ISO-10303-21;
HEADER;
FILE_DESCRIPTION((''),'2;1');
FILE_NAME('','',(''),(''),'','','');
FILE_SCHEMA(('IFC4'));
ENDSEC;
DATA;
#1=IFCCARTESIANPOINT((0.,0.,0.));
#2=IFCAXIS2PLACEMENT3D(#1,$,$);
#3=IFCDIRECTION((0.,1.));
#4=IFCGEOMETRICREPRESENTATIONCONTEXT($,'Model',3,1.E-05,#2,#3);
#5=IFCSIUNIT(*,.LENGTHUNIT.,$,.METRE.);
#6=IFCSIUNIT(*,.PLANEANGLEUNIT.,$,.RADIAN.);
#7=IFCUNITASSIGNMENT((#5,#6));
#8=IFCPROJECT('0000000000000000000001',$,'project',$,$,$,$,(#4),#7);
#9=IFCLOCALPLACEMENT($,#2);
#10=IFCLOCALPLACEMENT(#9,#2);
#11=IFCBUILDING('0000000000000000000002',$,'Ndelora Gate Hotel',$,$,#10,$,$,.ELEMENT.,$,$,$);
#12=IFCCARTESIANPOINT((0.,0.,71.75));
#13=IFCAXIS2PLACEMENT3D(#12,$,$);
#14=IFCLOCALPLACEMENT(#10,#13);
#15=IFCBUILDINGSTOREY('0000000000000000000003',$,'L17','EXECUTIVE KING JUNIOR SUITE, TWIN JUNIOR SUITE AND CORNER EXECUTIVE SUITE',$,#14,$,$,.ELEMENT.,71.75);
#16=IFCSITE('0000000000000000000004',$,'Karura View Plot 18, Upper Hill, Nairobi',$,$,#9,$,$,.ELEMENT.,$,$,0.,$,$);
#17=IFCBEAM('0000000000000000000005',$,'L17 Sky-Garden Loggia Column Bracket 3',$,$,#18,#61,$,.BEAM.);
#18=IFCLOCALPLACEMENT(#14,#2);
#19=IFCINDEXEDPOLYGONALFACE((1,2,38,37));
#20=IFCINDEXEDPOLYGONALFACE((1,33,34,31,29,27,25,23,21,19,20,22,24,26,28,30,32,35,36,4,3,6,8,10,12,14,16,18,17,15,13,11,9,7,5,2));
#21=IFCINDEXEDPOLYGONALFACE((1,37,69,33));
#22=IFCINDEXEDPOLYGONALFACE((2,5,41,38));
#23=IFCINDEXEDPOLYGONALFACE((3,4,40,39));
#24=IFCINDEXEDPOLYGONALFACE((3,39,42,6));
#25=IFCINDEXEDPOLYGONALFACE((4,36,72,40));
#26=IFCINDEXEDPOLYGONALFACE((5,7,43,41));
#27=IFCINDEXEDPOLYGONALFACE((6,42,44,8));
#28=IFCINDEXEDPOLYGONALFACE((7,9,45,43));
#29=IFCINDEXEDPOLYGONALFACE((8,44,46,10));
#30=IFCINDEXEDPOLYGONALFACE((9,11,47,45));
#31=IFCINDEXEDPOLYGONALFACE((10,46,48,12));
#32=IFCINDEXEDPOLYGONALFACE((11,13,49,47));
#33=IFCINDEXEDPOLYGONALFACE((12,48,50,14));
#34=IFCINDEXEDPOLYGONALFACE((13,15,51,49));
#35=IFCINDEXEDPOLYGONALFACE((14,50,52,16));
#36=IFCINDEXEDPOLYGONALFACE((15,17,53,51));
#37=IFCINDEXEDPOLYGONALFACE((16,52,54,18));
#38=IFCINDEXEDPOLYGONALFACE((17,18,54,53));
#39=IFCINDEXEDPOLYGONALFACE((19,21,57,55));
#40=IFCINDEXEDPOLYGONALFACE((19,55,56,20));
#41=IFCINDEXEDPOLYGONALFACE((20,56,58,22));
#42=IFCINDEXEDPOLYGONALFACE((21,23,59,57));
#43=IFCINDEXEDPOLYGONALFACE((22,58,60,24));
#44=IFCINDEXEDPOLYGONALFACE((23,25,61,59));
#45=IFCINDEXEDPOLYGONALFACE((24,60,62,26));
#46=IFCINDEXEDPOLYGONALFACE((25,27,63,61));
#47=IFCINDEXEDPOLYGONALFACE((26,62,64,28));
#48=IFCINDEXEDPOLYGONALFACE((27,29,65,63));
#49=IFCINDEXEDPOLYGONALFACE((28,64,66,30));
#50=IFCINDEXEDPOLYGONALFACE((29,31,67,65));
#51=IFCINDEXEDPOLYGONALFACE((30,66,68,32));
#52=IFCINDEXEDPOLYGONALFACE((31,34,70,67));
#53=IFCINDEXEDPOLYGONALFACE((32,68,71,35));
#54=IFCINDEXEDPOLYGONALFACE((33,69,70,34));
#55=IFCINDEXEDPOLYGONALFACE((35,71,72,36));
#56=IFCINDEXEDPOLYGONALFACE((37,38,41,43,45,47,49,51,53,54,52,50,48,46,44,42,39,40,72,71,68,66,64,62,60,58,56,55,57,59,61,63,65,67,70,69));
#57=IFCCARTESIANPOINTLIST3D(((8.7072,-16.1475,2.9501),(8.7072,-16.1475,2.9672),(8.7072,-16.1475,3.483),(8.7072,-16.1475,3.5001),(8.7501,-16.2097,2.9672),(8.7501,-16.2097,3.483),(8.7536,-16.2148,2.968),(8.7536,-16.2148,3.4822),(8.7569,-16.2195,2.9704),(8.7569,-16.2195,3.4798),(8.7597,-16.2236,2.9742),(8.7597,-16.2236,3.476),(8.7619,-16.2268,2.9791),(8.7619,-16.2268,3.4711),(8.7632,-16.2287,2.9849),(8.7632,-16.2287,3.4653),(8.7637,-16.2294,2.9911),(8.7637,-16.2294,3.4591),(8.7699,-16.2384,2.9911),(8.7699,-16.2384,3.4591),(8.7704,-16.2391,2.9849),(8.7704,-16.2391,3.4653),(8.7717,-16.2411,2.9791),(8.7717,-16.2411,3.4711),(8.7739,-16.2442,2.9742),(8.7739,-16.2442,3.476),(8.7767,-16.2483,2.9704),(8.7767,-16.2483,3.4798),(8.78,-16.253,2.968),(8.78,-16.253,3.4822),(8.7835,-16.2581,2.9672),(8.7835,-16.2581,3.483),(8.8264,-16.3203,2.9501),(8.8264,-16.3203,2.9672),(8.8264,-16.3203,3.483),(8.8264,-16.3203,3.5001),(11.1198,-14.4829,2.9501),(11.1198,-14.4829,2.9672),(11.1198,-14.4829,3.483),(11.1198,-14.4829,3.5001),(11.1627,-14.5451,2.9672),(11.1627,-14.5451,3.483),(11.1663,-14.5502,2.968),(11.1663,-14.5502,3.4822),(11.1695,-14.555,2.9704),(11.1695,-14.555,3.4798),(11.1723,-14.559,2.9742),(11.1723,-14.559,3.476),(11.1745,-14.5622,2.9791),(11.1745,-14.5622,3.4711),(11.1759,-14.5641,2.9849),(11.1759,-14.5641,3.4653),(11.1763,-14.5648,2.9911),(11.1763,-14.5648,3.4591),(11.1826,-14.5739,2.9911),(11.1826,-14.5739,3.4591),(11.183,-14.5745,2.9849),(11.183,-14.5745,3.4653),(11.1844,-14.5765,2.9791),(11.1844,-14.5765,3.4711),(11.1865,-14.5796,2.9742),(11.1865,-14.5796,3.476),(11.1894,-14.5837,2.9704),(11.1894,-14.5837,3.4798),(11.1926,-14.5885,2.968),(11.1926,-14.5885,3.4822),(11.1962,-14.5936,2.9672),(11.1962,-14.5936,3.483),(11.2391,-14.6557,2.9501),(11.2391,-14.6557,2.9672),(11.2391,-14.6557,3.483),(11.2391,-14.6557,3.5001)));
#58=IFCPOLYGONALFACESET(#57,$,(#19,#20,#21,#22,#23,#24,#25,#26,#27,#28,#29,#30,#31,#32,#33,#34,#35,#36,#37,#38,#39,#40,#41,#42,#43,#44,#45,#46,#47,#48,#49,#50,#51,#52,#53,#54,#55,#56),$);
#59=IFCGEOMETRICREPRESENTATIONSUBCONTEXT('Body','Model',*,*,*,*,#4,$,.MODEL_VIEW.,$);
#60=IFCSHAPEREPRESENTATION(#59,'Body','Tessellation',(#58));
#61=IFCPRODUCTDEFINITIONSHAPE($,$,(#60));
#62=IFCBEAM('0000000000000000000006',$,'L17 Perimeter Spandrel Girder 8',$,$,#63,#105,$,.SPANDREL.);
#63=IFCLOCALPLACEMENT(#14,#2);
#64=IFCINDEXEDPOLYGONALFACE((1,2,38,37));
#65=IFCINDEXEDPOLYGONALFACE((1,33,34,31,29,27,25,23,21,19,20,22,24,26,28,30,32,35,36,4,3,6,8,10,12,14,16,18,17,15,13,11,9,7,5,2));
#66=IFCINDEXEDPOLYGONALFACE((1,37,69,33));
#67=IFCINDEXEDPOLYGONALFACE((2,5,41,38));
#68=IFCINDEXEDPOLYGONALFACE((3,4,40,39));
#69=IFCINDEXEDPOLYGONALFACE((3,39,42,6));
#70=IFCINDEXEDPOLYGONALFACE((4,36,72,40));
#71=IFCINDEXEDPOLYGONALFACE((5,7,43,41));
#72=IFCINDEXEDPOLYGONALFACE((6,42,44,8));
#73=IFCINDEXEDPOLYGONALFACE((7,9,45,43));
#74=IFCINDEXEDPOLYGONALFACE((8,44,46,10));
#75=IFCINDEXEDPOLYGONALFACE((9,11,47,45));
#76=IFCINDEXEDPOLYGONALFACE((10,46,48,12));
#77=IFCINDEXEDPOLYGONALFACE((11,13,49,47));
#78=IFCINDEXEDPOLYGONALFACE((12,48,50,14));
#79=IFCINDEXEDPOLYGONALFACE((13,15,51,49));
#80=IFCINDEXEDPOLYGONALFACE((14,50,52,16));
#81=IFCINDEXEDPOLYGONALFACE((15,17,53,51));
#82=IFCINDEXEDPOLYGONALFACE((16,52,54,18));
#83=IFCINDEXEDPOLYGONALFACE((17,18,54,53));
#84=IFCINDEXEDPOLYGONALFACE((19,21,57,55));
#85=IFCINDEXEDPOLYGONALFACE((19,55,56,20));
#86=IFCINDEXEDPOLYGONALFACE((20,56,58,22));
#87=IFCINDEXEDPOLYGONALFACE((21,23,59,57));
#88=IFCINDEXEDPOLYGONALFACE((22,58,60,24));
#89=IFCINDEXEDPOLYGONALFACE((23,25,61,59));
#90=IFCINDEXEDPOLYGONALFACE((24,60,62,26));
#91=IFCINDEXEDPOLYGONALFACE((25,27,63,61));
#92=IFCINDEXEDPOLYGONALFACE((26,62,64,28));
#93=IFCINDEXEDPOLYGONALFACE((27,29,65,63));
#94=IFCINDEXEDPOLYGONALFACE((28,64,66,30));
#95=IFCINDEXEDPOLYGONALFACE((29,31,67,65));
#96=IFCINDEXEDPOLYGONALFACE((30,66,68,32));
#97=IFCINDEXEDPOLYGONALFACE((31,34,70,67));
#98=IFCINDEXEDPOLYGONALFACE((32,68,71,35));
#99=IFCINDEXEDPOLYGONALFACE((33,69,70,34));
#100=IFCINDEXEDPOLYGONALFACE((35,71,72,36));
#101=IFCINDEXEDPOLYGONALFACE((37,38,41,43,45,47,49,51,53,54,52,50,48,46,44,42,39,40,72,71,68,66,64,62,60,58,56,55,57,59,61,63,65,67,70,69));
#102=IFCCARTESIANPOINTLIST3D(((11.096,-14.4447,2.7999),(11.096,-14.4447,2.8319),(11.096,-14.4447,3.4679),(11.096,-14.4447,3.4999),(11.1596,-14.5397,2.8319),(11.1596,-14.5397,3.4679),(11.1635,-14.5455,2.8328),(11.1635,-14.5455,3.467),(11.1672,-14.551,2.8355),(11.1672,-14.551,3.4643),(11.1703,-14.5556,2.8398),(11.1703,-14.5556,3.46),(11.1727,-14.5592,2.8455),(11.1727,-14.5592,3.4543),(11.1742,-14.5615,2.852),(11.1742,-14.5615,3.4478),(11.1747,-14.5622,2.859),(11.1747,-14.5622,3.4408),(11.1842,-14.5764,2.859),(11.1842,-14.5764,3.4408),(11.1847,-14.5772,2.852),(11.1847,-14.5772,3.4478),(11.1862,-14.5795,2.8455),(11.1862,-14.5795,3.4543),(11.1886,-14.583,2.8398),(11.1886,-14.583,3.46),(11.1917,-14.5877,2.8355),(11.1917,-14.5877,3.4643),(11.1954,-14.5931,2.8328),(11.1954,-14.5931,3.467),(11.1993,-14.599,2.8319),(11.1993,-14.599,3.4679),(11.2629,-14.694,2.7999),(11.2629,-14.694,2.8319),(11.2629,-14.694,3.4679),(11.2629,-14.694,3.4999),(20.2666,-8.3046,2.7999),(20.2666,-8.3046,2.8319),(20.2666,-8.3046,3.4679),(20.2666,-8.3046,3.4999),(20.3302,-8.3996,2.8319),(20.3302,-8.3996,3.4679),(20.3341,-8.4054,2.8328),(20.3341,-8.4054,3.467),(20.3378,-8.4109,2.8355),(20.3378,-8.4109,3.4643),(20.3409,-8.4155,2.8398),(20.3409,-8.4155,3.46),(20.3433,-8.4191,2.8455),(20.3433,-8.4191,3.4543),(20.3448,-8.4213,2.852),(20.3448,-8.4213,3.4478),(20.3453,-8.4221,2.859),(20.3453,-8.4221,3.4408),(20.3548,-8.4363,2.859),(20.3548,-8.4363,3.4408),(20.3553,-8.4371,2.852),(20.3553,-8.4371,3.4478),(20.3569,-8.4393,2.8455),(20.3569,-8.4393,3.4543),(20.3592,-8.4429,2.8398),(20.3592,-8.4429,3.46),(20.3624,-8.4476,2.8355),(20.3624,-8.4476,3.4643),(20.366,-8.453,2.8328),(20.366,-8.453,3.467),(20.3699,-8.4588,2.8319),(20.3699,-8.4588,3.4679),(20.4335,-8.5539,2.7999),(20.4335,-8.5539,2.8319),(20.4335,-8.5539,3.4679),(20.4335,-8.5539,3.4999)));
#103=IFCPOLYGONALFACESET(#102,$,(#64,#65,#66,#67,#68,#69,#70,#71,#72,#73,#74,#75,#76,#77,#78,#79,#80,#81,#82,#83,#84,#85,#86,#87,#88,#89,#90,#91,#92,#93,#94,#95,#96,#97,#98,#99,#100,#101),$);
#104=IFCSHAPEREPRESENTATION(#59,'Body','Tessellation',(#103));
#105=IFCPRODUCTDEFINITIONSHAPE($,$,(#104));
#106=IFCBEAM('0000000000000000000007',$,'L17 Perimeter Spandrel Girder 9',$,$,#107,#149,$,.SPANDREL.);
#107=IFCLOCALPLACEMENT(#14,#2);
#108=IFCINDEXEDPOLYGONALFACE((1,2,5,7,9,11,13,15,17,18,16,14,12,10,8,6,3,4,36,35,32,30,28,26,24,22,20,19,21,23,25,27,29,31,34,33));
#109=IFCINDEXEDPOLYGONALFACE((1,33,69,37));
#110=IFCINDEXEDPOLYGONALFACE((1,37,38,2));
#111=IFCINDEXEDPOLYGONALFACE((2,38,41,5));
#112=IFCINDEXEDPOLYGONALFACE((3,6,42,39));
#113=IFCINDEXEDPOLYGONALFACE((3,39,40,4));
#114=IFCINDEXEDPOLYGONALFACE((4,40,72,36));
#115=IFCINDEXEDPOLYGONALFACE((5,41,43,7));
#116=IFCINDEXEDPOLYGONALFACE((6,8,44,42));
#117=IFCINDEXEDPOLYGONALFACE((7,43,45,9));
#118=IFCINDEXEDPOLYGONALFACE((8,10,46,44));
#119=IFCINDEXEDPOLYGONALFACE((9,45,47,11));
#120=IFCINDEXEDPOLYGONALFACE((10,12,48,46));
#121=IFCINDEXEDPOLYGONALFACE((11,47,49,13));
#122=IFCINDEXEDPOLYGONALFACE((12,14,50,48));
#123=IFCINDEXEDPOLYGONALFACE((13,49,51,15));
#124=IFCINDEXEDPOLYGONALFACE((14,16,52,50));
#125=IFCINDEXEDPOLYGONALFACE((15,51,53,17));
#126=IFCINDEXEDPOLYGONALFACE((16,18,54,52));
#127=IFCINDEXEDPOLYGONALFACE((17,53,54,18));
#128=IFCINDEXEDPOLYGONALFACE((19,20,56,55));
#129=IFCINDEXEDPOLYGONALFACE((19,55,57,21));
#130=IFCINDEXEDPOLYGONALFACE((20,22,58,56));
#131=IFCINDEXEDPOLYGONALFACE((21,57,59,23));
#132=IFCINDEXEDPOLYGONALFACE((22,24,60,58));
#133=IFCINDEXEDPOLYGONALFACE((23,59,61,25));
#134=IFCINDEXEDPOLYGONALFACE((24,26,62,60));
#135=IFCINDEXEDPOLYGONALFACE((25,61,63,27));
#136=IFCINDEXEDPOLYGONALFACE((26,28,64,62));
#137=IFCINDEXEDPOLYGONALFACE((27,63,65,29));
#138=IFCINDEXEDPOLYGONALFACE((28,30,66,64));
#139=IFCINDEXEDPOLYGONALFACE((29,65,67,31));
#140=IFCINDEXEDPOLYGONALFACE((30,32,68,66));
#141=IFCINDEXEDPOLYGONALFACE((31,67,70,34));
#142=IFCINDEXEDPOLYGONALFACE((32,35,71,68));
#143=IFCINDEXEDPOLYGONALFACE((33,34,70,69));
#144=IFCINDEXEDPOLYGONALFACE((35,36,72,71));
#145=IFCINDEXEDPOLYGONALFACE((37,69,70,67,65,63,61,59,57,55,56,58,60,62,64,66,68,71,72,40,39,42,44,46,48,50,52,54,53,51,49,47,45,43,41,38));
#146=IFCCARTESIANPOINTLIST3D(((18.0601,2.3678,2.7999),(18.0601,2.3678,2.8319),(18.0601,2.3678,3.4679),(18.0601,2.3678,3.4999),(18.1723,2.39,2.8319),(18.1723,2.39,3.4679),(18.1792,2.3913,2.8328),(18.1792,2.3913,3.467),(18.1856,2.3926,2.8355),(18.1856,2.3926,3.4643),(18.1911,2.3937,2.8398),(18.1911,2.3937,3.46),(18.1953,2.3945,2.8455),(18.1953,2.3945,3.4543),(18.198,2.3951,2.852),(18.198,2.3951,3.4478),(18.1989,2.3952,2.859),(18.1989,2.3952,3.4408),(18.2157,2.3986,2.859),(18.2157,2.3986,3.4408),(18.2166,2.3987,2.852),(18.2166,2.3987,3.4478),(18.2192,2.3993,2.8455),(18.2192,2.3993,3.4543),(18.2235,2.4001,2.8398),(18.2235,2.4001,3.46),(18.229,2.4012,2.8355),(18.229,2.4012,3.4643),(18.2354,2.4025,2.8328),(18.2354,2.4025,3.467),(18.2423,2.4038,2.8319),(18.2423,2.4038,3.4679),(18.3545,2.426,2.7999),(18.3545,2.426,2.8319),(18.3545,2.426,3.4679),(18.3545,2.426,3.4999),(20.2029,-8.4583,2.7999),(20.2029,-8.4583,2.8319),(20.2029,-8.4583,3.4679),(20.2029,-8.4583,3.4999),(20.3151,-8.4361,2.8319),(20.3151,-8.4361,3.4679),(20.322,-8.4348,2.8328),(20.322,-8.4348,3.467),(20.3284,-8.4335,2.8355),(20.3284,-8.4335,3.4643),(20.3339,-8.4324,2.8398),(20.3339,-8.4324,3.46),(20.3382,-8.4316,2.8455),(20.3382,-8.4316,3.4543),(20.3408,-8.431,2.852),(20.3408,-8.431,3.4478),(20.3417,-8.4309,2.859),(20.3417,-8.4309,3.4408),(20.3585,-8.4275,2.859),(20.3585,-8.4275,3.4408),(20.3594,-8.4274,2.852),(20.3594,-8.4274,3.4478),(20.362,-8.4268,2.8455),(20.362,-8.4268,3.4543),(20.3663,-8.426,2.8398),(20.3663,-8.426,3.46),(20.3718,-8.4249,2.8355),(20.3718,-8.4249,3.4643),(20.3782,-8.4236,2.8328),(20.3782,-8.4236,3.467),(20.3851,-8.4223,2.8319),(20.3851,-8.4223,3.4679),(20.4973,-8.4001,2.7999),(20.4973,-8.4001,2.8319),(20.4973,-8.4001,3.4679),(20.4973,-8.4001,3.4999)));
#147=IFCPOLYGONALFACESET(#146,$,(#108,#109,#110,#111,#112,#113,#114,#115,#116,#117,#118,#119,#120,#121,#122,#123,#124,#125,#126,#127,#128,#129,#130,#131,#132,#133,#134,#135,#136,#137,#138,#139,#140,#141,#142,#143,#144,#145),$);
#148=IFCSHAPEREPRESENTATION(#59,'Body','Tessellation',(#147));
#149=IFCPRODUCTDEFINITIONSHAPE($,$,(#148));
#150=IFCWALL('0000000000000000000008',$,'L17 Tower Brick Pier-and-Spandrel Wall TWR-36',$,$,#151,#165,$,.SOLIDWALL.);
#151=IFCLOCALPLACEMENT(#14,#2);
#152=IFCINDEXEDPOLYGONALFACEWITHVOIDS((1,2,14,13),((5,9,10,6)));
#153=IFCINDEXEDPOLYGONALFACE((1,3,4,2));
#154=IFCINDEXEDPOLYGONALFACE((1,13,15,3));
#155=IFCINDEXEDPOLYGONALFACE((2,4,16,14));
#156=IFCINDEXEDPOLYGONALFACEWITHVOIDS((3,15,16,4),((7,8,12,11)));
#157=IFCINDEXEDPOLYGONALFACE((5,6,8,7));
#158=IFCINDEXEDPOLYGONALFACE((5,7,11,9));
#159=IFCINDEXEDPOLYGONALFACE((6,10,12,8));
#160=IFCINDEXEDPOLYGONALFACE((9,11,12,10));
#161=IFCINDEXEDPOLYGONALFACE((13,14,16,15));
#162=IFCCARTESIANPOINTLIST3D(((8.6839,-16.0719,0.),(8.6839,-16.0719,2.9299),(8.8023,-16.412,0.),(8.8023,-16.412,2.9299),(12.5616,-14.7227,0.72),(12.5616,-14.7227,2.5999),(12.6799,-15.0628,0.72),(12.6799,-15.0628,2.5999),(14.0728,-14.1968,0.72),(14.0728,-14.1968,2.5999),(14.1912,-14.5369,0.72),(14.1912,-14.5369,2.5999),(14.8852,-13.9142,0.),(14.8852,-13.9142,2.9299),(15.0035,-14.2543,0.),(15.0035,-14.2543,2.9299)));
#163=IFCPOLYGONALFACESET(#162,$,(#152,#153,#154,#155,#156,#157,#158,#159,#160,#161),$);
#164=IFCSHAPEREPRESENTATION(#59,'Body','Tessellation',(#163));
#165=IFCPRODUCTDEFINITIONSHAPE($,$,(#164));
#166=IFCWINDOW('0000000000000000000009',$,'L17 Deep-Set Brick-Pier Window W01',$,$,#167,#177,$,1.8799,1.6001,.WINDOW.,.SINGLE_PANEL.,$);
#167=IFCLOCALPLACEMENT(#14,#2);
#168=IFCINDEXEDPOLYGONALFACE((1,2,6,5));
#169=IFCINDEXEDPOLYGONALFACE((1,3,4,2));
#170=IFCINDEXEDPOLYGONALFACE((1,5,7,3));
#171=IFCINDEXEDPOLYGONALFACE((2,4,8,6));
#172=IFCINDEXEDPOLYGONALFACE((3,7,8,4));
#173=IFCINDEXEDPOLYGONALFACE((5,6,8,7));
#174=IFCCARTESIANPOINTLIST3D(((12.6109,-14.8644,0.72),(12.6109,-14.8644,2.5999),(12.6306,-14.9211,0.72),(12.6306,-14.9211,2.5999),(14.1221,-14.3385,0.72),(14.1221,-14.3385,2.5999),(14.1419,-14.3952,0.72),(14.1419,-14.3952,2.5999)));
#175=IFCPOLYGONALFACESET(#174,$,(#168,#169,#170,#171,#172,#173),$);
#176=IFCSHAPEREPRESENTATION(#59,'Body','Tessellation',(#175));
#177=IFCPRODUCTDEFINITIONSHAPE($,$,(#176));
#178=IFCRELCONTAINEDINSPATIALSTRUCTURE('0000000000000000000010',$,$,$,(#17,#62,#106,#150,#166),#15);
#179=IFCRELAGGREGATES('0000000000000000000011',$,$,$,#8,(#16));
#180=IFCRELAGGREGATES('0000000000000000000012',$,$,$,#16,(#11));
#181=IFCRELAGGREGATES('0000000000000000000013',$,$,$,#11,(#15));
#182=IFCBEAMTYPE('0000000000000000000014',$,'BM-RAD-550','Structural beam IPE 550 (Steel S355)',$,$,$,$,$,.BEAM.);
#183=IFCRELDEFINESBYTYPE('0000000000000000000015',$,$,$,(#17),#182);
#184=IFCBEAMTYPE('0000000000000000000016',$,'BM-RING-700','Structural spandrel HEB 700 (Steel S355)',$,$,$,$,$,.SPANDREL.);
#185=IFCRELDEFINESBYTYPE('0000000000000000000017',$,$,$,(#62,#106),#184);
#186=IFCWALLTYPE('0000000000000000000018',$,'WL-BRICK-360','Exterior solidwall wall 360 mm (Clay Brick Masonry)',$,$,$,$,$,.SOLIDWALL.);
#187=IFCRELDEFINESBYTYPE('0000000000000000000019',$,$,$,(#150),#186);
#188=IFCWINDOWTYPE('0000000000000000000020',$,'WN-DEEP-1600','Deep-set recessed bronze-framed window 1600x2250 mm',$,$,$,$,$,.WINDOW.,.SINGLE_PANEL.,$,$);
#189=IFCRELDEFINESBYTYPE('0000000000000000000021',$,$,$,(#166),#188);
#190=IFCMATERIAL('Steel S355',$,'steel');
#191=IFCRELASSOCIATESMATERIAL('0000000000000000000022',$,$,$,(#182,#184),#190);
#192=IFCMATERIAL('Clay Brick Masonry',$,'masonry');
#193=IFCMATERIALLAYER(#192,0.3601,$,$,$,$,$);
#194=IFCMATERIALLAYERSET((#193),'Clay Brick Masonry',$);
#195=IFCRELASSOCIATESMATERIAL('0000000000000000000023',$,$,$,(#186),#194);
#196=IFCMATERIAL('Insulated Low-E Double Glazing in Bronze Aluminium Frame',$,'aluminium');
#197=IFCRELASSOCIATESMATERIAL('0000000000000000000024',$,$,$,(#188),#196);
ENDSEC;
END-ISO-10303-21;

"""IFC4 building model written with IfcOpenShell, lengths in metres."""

from ifc_helpers import new_model, si_unit, direction, frame, frame_2d, origin, origin_2d, place, context, subcontext, project, spatial, rectangle, i_section, extrude, material, layer, layer_set, material_profile, profile_set, type_object, element, fill, save


model = new_model("IFC4")

# Units and contexts
model_context = context("Model", 3, precision=1e-05, world=origin(), true_north=direction((0.0, 1.0)))
body_context = subcontext(model_context, "Body", "Model", "MODEL_VIEW")
ifc_project = project(units=[si_unit("LENGTHUNIT", "METRE"), si_unit("PLANEANGLEUNIT", "RADIAN")], contexts=[model_context])

# Site, building, storey
site_placement = place(None, origin())
site = spatial("IfcSite", under=ifc_project, at=site_placement, Name="Karura View Plot 18, Upper Hill, Nairobi", CompositionType="ELEMENT", RefElevation=0.0)
building_placement = place(site_placement, origin())
building = spatial("IfcBuilding", under=site, at=building_placement, Name="Ndelora Gate Hotel", CompositionType="ELEMENT")
storey_placement = place(building_placement, frame((0.0, 0.0, 71.75)))
storey = spatial("IfcBuildingStorey", under=building, at=storey_placement, Name="L17", Description="EXECUTIVE KING JUNIOR SUITE, TWIN JUNIOR SUITE AND CORNER EXECUTIVE SUITE", CompositionType="ELEMENT", Elevation=71.75)

# Beams
ifc_material_1 = material(Name="Steel S355", Category="steel")
ifc_material_profile_1 = material_profile(ifc_material_1, i_section(OverallWidth=0.21, OverallDepth=0.55, WebThickness=0.011, FlangeThickness=0.0171, FilletRadius=0.0239, at=origin_2d()), Name="IPE 550")
ifc_profile_set_1 = profile_set([ifc_material_profile_1], Name="Steel S355")
beam_type_1 = type_object("IfcBeamType", Name="BM-RAD-550", Description="Structural beam IPE 550 (Steel S355)", PredefinedType="BEAM", material=ifc_profile_set_1)
beam_1_placement = place(storey_placement, frame((11.1794, -14.5693, 3.2251), z_axis=(-0.823103, -0.567893, 0.0), x_axis=(0.567893, -0.823103, 0.0)))
element("IfcBeam", 1, at=beam_1_placement, inside=storey, type_object=beam_type_1, Name="L17 Sky-Garden Loggia Column Bracket 3", PredefinedType="BEAM", context=body_context, shape_type="SweptSolid", body=[
    extrude(i_section(OverallWidth=0.21, OverallDepth=0.55, WebThickness=0.011, FlangeThickness=0.0171, FilletRadius=0.0239, at=origin_2d()), origin(), (0.0, 0.0, 1.0), 2.9312),
])
ifc_material_profile_2 = material_profile(ifc_material_1, i_section(OverallWidth=0.3, OverallDepth=0.7, WebThickness=0.0171, FlangeThickness=0.032, FilletRadius=0.0271, at=origin_2d()), Name="HEB 700")
ifc_profile_set_2 = profile_set([ifc_material_profile_2], Name="Steel S355")
beam_type_2 = type_object("IfcBeamType", Name="BM-RING-700", Description="Structural spandrel HEB 700 (Steel S355)", PredefinedType="SPANDREL", material=ifc_profile_set_2)
beam_2_placement = place(storey_placement, frame((11.1794, -14.5693, 3.1499), z_axis=(0.830946, 0.556353, 0.0), x_axis=(-0.556353, 0.830946, 0.0)))
element("IfcBeam", 2, at=beam_2_placement, inside=storey, type_object=beam_type_2, Name="L17 Perimeter Spandrel Girder 8", PredefinedType="SPANDREL", context=body_context, shape_type="SweptSolid", body=[
    extrude(i_section(OverallWidth=0.3, OverallDepth=0.7, WebThickness=0.0171, FlangeThickness=0.032, FilletRadius=0.0271, at=origin_2d()), origin(), (0.0, 0.0, 1.0), 11.0364),
])
beam_3_placement = place(storey_placement, frame((20.3501, -8.4292, 3.1499), z_axis=(-0.194163, 0.980969, 0.0), x_axis=(-0.980969, -0.194163, 0.0)))
element("IfcBeam", 3, at=beam_3_placement, inside=storey, type_object=beam_type_2, Name="L17 Perimeter Spandrel Girder 9", PredefinedType="SPANDREL", context=body_context, shape_type="SweptSolid", body=[
    extrude(i_section(OverallWidth=0.3, OverallDepth=0.7, WebThickness=0.0171, FlangeThickness=0.032, FilletRadius=0.0271, at=origin_2d()), origin(), (0.0, 0.0, 1.0), 11.0361),
])

# Wall, opening, window
ifc_material_2 = material(Name="Clay Brick Masonry", Category="masonry")
ifc_layer_1 = layer(ifc_material_2, 0.3601)
ifc_layer_set_1 = layer_set([ifc_layer_1], Name="Clay Brick Masonry")
wall_type_1 = type_object("IfcWallType", Name="WL-BRICK-360", Description="Exterior solidwall wall 360 mm (Clay Brick Masonry)", PredefinedType="SOLIDWALL", material=ifc_layer_set_1)
wall_1_placement = place(storey_placement, frame((14.9443, -14.0842, 0.0), z_axis=(0.0, 0.0, 1.0), x_axis=(-0.94446, -0.328627, 0.0)))
wall_1 = element("IfcWall", 4, at=wall_1_placement, inside=storey, type_object=wall_type_1, Name="L17 Tower Brick Pier-and-Spandrel Wall TWR-36", PredefinedType="SOLIDWALL", context=body_context, shape_type="SweptSolid", body=[
    extrude(rectangle(XDim=6.5659, YDim=0.3601, at=frame_2d((3.283, 0.0))), origin(), (0.0, 0.0, 1.0), 2.9299),
])
opening_1_placement = place(wall_1_placement, frame((0.8601, 0.0, 0.72)))
opening_1 = element("IfcOpeningElement", 5, at=opening_1_placement, cuts=wall_1, PredefinedType="OPENING", context=body_context, shape_type="SweptSolid", body=[
    extrude(rectangle(XDim=1.6001, YDim=1.8799, at=frame_2d((0.8, 0.9399))), frame((0.0, 0.1899, 0.0), z_axis=(0.0, -1.0, 0.0), x_axis=(1.0, 0.0, 0.0)), (0.0, 0.0, 1.0), 0.3801),
])
ifc_material_3 = material(Name="Insulated Low-E Double Glazing in Bronze Aluminium Frame", Category="aluminium")
window_type_1 = type_object("IfcWindowType", Name="WN-DEEP-1600", Description="Deep-set recessed bronze-framed window 1600x2250 mm", PartitioningType="SINGLE_PANEL", PredefinedType="WINDOW", material=ifc_material_3)
window_1_placement = place(opening_1_placement, origin())
window_1 = element("IfcWindow", 6, at=window_1_placement, inside=storey, type_object=window_type_1, Name="L17 Deep-Set Brick-Pier Window W01", OverallHeight=1.8799, OverallWidth=1.6001, PartitioningType="SINGLE_PANEL", PredefinedType="WINDOW", context=body_context, shape_type="SweptSolid", body=[
    extrude(rectangle(XDim=1.6001, YDim=1.8799, at=frame_2d((0.8, 0.9399))), frame((0.0, 0.03, 0.0), z_axis=(0.0, -1.0, 0.0), x_axis=(1.0, 0.0, 0.0)), (0.0, 0.0, 1.0), 0.0601),
])
fill(opening_1, window_1)

save(model, "model.ifc")
